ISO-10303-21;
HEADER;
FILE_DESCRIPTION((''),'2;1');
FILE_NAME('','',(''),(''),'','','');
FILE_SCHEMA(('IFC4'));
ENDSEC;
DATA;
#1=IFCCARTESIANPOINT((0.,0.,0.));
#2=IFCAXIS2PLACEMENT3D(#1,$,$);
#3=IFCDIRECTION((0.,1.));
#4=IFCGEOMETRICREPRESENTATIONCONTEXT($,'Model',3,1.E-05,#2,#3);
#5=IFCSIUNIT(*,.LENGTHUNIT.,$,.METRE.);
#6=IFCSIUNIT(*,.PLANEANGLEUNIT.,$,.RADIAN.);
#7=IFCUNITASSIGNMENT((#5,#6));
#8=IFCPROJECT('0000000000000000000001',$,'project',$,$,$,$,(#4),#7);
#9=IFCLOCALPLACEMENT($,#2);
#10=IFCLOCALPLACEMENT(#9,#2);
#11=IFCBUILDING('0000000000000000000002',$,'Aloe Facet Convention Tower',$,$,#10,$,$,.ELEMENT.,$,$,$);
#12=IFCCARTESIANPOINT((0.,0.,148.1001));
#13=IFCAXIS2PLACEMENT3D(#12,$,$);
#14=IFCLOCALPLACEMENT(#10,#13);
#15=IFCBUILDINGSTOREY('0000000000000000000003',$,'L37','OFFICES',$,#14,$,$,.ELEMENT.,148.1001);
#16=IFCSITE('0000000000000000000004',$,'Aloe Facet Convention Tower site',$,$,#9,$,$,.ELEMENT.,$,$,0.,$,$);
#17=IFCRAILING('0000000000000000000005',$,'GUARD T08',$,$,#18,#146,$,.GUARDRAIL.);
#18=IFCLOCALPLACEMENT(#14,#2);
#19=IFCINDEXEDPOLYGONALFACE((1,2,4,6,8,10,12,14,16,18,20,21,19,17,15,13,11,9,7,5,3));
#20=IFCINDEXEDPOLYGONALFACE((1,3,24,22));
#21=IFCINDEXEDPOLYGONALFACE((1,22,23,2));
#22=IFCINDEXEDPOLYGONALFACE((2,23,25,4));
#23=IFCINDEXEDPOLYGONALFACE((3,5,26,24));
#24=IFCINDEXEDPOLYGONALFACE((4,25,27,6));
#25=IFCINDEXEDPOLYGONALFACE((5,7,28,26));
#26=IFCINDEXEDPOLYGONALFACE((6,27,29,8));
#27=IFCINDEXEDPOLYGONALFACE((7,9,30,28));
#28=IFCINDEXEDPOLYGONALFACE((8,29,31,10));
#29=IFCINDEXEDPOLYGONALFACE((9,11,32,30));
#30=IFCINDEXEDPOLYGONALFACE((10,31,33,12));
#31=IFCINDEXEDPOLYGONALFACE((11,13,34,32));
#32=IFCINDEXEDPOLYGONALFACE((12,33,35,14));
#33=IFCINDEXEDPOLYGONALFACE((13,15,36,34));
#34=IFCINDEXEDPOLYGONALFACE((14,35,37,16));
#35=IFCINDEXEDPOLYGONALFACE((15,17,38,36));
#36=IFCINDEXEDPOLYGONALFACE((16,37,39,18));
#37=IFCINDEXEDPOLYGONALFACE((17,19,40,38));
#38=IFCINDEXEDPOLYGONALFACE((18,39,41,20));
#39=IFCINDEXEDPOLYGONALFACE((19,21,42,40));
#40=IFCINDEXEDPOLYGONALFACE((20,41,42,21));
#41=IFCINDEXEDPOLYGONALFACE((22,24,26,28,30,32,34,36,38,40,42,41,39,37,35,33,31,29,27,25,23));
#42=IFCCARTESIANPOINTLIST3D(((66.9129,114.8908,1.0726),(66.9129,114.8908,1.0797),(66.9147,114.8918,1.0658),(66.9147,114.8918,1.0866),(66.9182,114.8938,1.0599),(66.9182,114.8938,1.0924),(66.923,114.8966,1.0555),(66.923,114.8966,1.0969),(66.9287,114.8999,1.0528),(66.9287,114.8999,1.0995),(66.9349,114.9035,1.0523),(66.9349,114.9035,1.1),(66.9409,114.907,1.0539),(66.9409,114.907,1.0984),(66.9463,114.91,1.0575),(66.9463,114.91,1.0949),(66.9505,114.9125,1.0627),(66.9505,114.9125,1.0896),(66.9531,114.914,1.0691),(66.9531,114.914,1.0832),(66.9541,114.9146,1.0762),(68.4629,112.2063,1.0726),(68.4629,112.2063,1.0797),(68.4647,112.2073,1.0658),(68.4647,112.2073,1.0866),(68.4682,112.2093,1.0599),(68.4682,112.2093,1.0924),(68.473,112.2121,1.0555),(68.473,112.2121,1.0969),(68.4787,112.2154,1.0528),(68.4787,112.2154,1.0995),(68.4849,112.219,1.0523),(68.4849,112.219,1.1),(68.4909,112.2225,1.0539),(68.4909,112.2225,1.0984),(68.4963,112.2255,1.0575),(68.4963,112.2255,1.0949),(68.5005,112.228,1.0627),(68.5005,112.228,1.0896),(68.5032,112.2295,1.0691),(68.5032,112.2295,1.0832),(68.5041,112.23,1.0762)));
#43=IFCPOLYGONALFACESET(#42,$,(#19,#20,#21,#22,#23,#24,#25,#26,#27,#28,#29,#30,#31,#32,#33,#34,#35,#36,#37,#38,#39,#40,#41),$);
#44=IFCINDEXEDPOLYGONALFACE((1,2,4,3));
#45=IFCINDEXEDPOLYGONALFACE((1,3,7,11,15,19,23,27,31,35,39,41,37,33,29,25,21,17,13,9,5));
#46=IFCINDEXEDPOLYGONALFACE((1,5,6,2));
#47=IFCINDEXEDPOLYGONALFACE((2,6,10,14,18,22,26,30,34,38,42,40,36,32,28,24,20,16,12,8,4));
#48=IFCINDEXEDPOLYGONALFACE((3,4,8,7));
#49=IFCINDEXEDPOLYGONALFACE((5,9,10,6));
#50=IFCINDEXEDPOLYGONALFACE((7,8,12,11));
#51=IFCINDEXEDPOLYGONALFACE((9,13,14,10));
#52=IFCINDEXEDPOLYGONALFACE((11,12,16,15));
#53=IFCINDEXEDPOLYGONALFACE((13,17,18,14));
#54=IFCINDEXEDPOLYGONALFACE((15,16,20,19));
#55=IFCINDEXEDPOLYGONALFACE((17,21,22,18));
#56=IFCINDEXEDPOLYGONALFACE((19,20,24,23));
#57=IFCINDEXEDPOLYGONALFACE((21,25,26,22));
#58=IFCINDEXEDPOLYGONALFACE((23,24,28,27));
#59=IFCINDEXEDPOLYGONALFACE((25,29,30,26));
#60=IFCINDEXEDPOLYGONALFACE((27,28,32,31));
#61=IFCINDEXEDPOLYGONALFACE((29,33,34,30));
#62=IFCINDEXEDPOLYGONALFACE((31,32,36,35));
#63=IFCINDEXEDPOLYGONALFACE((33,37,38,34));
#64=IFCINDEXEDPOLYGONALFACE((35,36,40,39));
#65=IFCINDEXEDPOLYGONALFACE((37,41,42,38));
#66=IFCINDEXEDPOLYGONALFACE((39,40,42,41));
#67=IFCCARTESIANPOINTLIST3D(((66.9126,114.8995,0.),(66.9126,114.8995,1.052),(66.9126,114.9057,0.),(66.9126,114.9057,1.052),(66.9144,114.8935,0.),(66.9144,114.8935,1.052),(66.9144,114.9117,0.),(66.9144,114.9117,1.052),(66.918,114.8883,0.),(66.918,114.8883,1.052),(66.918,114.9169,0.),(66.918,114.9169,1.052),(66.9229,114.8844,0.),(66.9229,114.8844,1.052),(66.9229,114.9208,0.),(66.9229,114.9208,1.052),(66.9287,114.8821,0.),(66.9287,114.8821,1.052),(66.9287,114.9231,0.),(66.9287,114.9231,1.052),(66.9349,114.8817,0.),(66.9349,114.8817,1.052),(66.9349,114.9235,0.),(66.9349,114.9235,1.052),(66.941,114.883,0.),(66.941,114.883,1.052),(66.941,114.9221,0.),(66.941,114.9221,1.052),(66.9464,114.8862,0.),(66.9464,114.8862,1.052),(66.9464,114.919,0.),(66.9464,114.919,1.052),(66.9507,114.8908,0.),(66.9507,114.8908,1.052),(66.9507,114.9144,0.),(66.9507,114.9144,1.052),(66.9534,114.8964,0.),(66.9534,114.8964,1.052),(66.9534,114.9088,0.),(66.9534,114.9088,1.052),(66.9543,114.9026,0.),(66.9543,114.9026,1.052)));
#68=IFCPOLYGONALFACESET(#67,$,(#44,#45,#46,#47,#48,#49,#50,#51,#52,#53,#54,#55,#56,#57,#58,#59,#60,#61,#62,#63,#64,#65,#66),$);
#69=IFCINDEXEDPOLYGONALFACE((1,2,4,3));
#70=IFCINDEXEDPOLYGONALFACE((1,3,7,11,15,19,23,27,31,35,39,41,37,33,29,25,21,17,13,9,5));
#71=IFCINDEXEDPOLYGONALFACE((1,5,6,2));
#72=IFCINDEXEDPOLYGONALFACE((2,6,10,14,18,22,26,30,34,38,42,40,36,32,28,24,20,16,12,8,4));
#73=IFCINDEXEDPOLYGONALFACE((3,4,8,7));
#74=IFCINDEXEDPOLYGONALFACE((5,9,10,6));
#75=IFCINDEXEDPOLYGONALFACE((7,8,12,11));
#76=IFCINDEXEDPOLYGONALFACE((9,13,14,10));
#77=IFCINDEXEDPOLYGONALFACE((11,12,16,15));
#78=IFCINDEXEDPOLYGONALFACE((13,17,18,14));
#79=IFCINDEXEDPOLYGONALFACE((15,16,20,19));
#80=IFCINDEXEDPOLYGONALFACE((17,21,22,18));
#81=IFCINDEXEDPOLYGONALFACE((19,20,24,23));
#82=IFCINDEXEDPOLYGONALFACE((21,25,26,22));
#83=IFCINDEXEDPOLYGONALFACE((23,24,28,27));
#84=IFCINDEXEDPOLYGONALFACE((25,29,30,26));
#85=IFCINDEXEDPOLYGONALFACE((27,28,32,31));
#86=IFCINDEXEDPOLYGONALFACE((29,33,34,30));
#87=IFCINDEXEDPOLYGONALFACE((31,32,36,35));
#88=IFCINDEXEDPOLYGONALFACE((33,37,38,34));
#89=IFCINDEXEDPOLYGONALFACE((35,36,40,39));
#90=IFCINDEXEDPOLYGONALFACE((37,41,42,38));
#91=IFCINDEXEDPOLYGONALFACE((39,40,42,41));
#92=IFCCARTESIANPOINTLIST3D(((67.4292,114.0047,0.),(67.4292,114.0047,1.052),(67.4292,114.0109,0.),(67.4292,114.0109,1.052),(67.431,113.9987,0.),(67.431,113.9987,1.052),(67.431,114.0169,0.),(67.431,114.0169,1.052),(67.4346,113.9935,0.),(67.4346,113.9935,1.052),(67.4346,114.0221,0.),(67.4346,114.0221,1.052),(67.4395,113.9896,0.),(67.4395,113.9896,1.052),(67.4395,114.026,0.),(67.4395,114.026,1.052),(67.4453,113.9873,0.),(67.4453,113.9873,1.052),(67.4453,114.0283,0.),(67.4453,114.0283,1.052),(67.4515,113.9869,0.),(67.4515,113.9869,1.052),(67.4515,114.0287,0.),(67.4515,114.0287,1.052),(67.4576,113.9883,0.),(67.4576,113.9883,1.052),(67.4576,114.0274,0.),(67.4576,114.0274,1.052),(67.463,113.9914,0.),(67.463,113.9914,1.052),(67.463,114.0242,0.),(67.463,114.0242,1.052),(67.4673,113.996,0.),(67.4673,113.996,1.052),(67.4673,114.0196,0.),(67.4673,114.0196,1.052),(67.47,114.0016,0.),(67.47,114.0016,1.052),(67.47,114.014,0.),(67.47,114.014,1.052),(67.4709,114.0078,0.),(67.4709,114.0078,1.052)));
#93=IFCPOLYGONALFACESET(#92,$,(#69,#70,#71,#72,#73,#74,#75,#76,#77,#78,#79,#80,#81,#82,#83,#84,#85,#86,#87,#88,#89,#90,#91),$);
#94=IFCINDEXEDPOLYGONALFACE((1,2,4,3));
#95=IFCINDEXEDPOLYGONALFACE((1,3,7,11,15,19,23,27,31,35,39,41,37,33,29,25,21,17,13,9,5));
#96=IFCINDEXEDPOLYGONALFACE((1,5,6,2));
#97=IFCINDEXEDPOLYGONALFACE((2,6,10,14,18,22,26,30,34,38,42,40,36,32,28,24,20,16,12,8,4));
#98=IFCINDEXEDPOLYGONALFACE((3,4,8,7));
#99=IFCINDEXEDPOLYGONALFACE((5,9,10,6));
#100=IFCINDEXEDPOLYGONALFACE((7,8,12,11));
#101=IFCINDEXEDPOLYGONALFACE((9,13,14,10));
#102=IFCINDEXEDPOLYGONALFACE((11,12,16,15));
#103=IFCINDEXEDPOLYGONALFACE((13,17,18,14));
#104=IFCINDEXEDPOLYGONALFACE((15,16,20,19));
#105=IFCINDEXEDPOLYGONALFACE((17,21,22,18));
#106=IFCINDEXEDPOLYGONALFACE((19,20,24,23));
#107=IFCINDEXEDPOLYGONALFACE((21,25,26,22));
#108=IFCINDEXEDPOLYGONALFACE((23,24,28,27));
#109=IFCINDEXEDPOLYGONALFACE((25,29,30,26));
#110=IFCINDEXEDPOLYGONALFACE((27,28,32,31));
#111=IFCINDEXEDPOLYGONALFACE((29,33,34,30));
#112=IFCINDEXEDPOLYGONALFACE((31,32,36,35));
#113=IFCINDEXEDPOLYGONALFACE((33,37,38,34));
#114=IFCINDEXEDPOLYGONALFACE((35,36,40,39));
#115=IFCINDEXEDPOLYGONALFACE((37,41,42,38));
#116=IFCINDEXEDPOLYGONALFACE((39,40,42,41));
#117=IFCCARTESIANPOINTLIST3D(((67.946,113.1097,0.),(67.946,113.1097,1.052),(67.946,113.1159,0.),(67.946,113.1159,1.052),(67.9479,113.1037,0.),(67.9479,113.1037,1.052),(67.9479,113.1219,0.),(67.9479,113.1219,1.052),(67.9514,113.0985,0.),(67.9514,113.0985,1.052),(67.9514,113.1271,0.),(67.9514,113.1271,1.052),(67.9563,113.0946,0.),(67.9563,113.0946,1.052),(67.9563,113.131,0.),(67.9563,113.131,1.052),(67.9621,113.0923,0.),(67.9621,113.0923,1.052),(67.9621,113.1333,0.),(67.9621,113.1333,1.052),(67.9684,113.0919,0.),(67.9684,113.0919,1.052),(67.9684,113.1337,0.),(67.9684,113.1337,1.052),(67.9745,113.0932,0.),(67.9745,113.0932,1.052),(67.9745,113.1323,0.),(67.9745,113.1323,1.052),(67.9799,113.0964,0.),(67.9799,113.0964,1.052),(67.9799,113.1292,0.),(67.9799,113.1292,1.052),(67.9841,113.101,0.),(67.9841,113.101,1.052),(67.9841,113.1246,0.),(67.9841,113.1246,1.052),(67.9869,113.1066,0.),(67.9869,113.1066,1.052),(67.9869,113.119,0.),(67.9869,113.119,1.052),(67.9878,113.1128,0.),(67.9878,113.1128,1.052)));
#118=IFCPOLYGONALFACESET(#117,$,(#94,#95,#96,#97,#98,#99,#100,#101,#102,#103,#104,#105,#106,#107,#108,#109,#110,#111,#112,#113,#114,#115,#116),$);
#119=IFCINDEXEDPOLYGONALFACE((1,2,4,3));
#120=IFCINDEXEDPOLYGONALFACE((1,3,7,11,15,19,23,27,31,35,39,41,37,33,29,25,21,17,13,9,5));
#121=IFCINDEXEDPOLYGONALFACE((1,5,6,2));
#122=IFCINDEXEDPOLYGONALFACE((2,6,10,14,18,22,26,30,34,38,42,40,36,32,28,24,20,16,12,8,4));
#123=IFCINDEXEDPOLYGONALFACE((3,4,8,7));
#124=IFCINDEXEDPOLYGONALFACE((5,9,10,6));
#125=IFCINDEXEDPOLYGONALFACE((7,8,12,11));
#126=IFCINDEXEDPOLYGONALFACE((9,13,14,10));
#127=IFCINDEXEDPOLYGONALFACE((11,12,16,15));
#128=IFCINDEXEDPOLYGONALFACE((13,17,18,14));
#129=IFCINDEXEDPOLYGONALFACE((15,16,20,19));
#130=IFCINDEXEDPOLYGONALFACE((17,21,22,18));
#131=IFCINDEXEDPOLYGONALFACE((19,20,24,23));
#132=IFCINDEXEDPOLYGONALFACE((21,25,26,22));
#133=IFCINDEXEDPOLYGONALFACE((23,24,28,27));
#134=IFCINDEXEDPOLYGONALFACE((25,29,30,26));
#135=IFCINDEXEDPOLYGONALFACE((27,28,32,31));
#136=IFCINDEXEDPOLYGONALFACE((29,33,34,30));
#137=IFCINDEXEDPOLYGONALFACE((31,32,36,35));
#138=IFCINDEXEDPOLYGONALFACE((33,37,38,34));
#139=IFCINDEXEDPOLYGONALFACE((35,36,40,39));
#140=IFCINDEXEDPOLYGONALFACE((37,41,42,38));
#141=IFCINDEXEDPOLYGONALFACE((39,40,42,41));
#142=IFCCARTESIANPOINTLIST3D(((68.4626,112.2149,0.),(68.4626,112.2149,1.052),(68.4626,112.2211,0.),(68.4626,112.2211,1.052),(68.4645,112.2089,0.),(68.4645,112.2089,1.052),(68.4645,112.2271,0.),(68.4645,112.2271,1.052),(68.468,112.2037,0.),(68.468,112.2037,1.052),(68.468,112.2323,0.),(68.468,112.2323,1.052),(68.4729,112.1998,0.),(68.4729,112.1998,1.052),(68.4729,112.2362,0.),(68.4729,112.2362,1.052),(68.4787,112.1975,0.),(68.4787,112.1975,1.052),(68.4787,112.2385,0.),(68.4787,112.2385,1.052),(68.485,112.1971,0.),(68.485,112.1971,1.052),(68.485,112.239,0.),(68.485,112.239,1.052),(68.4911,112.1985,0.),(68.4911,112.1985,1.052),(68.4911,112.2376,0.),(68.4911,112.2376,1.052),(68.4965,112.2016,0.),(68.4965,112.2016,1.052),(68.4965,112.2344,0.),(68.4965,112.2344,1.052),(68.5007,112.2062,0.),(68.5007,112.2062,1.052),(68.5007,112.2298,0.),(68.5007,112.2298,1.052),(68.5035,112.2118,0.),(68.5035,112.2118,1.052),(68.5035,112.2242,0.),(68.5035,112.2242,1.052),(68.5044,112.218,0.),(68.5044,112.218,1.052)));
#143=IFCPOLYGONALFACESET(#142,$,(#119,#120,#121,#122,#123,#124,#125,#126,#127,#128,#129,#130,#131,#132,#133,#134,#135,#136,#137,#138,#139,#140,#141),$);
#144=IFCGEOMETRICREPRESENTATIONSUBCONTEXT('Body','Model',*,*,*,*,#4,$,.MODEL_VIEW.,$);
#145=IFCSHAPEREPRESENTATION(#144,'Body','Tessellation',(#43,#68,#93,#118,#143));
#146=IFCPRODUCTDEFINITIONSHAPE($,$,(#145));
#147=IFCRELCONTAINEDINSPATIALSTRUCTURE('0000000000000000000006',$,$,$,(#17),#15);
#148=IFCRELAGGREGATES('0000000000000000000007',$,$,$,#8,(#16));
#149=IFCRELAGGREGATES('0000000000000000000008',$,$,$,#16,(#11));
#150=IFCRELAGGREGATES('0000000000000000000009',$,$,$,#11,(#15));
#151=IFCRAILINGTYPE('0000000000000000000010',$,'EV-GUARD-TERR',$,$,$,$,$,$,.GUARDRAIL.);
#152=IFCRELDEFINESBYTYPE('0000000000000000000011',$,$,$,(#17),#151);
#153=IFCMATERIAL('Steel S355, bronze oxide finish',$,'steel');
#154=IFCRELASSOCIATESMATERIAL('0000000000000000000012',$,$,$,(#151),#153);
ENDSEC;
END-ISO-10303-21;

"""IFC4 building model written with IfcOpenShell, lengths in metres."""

from ifc_helpers import new_model, si_unit, direction, frame, origin, origin_2d, place, context, subcontext, project, spatial, circle, extrude, material, type_object, element, save


model = new_model("IFC4")

# Units and contexts
model_context = context("Model", 3, precision=1e-05, world=origin(), true_north=direction((0.0, 1.0)))
body_context = subcontext(model_context, "Body", "Model", "MODEL_VIEW")
ifc_project = project(units=[si_unit("LENGTHUNIT", "METRE"), si_unit("PLANEANGLEUNIT", "RADIAN")], contexts=[model_context])

# Site, building, storey
site_placement = place(None, origin())
site = spatial("IfcSite", under=ifc_project, at=site_placement, Name="Aloe Facet Convention Tower site", CompositionType="ELEMENT", RefElevation=0.0)
building_placement = place(site_placement, origin())
building = spatial("IfcBuilding", under=site, at=building_placement, Name="Aloe Facet Convention Tower", CompositionType="ELEMENT")
storey_placement = place(building_placement, frame((0.0, 0.0, 148.1001)))
storey = spatial("IfcBuildingStorey", under=building, at=storey_placement, Name="L37", Description="OFFICES", CompositionType="ELEMENT", Elevation=148.1001)

# Railing
ifc_material_1 = material(Name="Steel S355, bronze oxide finish", Category="steel")
railing_type = type_object("IfcRailingType", Name="EV-GUARD-TERR", PredefinedType="GUARDRAIL", material=ifc_material_1)
railing_placement = place(storey_placement, frame((66.9333, 114.9026, 0.0)))
element("IfcRailing", 1, at=railing_placement, inside=storey, type_object=railing_type, Name="GUARD T08", PredefinedType="GUARDRAIL", context=body_context, shape_type="SweptSolid", body=[
    extrude(circle(Radius=0.0239, at=origin_2d()), frame((0.0, 0.0, 1.0762), z_axis=(0.500027, -0.86601, 0.0), x_axis=(0.86601, 0.500027, 0.0)), (0.0, 0.0, 1.0), 3.0999),
    extrude(circle(Radius=0.021, at=origin_2d()), origin(), (0.0, 0.0, 1.0), 1.052),
    extrude(circle(Radius=0.021, at=origin_2d()), frame((0.5166, -0.8948, 0.0)), (0.0, 0.0, 1.0), 1.052),
    extrude(circle(Radius=0.021, at=origin_2d()), frame((1.0334, -1.7898, 0.0)), (0.0, 0.0, 1.0), 1.052),
    extrude(circle(Radius=0.021, at=origin_2d()), frame((1.55, -2.6846, 0.0)), (0.0, 0.0, 1.0), 1.052),
])

save(model, "model.ifc")
